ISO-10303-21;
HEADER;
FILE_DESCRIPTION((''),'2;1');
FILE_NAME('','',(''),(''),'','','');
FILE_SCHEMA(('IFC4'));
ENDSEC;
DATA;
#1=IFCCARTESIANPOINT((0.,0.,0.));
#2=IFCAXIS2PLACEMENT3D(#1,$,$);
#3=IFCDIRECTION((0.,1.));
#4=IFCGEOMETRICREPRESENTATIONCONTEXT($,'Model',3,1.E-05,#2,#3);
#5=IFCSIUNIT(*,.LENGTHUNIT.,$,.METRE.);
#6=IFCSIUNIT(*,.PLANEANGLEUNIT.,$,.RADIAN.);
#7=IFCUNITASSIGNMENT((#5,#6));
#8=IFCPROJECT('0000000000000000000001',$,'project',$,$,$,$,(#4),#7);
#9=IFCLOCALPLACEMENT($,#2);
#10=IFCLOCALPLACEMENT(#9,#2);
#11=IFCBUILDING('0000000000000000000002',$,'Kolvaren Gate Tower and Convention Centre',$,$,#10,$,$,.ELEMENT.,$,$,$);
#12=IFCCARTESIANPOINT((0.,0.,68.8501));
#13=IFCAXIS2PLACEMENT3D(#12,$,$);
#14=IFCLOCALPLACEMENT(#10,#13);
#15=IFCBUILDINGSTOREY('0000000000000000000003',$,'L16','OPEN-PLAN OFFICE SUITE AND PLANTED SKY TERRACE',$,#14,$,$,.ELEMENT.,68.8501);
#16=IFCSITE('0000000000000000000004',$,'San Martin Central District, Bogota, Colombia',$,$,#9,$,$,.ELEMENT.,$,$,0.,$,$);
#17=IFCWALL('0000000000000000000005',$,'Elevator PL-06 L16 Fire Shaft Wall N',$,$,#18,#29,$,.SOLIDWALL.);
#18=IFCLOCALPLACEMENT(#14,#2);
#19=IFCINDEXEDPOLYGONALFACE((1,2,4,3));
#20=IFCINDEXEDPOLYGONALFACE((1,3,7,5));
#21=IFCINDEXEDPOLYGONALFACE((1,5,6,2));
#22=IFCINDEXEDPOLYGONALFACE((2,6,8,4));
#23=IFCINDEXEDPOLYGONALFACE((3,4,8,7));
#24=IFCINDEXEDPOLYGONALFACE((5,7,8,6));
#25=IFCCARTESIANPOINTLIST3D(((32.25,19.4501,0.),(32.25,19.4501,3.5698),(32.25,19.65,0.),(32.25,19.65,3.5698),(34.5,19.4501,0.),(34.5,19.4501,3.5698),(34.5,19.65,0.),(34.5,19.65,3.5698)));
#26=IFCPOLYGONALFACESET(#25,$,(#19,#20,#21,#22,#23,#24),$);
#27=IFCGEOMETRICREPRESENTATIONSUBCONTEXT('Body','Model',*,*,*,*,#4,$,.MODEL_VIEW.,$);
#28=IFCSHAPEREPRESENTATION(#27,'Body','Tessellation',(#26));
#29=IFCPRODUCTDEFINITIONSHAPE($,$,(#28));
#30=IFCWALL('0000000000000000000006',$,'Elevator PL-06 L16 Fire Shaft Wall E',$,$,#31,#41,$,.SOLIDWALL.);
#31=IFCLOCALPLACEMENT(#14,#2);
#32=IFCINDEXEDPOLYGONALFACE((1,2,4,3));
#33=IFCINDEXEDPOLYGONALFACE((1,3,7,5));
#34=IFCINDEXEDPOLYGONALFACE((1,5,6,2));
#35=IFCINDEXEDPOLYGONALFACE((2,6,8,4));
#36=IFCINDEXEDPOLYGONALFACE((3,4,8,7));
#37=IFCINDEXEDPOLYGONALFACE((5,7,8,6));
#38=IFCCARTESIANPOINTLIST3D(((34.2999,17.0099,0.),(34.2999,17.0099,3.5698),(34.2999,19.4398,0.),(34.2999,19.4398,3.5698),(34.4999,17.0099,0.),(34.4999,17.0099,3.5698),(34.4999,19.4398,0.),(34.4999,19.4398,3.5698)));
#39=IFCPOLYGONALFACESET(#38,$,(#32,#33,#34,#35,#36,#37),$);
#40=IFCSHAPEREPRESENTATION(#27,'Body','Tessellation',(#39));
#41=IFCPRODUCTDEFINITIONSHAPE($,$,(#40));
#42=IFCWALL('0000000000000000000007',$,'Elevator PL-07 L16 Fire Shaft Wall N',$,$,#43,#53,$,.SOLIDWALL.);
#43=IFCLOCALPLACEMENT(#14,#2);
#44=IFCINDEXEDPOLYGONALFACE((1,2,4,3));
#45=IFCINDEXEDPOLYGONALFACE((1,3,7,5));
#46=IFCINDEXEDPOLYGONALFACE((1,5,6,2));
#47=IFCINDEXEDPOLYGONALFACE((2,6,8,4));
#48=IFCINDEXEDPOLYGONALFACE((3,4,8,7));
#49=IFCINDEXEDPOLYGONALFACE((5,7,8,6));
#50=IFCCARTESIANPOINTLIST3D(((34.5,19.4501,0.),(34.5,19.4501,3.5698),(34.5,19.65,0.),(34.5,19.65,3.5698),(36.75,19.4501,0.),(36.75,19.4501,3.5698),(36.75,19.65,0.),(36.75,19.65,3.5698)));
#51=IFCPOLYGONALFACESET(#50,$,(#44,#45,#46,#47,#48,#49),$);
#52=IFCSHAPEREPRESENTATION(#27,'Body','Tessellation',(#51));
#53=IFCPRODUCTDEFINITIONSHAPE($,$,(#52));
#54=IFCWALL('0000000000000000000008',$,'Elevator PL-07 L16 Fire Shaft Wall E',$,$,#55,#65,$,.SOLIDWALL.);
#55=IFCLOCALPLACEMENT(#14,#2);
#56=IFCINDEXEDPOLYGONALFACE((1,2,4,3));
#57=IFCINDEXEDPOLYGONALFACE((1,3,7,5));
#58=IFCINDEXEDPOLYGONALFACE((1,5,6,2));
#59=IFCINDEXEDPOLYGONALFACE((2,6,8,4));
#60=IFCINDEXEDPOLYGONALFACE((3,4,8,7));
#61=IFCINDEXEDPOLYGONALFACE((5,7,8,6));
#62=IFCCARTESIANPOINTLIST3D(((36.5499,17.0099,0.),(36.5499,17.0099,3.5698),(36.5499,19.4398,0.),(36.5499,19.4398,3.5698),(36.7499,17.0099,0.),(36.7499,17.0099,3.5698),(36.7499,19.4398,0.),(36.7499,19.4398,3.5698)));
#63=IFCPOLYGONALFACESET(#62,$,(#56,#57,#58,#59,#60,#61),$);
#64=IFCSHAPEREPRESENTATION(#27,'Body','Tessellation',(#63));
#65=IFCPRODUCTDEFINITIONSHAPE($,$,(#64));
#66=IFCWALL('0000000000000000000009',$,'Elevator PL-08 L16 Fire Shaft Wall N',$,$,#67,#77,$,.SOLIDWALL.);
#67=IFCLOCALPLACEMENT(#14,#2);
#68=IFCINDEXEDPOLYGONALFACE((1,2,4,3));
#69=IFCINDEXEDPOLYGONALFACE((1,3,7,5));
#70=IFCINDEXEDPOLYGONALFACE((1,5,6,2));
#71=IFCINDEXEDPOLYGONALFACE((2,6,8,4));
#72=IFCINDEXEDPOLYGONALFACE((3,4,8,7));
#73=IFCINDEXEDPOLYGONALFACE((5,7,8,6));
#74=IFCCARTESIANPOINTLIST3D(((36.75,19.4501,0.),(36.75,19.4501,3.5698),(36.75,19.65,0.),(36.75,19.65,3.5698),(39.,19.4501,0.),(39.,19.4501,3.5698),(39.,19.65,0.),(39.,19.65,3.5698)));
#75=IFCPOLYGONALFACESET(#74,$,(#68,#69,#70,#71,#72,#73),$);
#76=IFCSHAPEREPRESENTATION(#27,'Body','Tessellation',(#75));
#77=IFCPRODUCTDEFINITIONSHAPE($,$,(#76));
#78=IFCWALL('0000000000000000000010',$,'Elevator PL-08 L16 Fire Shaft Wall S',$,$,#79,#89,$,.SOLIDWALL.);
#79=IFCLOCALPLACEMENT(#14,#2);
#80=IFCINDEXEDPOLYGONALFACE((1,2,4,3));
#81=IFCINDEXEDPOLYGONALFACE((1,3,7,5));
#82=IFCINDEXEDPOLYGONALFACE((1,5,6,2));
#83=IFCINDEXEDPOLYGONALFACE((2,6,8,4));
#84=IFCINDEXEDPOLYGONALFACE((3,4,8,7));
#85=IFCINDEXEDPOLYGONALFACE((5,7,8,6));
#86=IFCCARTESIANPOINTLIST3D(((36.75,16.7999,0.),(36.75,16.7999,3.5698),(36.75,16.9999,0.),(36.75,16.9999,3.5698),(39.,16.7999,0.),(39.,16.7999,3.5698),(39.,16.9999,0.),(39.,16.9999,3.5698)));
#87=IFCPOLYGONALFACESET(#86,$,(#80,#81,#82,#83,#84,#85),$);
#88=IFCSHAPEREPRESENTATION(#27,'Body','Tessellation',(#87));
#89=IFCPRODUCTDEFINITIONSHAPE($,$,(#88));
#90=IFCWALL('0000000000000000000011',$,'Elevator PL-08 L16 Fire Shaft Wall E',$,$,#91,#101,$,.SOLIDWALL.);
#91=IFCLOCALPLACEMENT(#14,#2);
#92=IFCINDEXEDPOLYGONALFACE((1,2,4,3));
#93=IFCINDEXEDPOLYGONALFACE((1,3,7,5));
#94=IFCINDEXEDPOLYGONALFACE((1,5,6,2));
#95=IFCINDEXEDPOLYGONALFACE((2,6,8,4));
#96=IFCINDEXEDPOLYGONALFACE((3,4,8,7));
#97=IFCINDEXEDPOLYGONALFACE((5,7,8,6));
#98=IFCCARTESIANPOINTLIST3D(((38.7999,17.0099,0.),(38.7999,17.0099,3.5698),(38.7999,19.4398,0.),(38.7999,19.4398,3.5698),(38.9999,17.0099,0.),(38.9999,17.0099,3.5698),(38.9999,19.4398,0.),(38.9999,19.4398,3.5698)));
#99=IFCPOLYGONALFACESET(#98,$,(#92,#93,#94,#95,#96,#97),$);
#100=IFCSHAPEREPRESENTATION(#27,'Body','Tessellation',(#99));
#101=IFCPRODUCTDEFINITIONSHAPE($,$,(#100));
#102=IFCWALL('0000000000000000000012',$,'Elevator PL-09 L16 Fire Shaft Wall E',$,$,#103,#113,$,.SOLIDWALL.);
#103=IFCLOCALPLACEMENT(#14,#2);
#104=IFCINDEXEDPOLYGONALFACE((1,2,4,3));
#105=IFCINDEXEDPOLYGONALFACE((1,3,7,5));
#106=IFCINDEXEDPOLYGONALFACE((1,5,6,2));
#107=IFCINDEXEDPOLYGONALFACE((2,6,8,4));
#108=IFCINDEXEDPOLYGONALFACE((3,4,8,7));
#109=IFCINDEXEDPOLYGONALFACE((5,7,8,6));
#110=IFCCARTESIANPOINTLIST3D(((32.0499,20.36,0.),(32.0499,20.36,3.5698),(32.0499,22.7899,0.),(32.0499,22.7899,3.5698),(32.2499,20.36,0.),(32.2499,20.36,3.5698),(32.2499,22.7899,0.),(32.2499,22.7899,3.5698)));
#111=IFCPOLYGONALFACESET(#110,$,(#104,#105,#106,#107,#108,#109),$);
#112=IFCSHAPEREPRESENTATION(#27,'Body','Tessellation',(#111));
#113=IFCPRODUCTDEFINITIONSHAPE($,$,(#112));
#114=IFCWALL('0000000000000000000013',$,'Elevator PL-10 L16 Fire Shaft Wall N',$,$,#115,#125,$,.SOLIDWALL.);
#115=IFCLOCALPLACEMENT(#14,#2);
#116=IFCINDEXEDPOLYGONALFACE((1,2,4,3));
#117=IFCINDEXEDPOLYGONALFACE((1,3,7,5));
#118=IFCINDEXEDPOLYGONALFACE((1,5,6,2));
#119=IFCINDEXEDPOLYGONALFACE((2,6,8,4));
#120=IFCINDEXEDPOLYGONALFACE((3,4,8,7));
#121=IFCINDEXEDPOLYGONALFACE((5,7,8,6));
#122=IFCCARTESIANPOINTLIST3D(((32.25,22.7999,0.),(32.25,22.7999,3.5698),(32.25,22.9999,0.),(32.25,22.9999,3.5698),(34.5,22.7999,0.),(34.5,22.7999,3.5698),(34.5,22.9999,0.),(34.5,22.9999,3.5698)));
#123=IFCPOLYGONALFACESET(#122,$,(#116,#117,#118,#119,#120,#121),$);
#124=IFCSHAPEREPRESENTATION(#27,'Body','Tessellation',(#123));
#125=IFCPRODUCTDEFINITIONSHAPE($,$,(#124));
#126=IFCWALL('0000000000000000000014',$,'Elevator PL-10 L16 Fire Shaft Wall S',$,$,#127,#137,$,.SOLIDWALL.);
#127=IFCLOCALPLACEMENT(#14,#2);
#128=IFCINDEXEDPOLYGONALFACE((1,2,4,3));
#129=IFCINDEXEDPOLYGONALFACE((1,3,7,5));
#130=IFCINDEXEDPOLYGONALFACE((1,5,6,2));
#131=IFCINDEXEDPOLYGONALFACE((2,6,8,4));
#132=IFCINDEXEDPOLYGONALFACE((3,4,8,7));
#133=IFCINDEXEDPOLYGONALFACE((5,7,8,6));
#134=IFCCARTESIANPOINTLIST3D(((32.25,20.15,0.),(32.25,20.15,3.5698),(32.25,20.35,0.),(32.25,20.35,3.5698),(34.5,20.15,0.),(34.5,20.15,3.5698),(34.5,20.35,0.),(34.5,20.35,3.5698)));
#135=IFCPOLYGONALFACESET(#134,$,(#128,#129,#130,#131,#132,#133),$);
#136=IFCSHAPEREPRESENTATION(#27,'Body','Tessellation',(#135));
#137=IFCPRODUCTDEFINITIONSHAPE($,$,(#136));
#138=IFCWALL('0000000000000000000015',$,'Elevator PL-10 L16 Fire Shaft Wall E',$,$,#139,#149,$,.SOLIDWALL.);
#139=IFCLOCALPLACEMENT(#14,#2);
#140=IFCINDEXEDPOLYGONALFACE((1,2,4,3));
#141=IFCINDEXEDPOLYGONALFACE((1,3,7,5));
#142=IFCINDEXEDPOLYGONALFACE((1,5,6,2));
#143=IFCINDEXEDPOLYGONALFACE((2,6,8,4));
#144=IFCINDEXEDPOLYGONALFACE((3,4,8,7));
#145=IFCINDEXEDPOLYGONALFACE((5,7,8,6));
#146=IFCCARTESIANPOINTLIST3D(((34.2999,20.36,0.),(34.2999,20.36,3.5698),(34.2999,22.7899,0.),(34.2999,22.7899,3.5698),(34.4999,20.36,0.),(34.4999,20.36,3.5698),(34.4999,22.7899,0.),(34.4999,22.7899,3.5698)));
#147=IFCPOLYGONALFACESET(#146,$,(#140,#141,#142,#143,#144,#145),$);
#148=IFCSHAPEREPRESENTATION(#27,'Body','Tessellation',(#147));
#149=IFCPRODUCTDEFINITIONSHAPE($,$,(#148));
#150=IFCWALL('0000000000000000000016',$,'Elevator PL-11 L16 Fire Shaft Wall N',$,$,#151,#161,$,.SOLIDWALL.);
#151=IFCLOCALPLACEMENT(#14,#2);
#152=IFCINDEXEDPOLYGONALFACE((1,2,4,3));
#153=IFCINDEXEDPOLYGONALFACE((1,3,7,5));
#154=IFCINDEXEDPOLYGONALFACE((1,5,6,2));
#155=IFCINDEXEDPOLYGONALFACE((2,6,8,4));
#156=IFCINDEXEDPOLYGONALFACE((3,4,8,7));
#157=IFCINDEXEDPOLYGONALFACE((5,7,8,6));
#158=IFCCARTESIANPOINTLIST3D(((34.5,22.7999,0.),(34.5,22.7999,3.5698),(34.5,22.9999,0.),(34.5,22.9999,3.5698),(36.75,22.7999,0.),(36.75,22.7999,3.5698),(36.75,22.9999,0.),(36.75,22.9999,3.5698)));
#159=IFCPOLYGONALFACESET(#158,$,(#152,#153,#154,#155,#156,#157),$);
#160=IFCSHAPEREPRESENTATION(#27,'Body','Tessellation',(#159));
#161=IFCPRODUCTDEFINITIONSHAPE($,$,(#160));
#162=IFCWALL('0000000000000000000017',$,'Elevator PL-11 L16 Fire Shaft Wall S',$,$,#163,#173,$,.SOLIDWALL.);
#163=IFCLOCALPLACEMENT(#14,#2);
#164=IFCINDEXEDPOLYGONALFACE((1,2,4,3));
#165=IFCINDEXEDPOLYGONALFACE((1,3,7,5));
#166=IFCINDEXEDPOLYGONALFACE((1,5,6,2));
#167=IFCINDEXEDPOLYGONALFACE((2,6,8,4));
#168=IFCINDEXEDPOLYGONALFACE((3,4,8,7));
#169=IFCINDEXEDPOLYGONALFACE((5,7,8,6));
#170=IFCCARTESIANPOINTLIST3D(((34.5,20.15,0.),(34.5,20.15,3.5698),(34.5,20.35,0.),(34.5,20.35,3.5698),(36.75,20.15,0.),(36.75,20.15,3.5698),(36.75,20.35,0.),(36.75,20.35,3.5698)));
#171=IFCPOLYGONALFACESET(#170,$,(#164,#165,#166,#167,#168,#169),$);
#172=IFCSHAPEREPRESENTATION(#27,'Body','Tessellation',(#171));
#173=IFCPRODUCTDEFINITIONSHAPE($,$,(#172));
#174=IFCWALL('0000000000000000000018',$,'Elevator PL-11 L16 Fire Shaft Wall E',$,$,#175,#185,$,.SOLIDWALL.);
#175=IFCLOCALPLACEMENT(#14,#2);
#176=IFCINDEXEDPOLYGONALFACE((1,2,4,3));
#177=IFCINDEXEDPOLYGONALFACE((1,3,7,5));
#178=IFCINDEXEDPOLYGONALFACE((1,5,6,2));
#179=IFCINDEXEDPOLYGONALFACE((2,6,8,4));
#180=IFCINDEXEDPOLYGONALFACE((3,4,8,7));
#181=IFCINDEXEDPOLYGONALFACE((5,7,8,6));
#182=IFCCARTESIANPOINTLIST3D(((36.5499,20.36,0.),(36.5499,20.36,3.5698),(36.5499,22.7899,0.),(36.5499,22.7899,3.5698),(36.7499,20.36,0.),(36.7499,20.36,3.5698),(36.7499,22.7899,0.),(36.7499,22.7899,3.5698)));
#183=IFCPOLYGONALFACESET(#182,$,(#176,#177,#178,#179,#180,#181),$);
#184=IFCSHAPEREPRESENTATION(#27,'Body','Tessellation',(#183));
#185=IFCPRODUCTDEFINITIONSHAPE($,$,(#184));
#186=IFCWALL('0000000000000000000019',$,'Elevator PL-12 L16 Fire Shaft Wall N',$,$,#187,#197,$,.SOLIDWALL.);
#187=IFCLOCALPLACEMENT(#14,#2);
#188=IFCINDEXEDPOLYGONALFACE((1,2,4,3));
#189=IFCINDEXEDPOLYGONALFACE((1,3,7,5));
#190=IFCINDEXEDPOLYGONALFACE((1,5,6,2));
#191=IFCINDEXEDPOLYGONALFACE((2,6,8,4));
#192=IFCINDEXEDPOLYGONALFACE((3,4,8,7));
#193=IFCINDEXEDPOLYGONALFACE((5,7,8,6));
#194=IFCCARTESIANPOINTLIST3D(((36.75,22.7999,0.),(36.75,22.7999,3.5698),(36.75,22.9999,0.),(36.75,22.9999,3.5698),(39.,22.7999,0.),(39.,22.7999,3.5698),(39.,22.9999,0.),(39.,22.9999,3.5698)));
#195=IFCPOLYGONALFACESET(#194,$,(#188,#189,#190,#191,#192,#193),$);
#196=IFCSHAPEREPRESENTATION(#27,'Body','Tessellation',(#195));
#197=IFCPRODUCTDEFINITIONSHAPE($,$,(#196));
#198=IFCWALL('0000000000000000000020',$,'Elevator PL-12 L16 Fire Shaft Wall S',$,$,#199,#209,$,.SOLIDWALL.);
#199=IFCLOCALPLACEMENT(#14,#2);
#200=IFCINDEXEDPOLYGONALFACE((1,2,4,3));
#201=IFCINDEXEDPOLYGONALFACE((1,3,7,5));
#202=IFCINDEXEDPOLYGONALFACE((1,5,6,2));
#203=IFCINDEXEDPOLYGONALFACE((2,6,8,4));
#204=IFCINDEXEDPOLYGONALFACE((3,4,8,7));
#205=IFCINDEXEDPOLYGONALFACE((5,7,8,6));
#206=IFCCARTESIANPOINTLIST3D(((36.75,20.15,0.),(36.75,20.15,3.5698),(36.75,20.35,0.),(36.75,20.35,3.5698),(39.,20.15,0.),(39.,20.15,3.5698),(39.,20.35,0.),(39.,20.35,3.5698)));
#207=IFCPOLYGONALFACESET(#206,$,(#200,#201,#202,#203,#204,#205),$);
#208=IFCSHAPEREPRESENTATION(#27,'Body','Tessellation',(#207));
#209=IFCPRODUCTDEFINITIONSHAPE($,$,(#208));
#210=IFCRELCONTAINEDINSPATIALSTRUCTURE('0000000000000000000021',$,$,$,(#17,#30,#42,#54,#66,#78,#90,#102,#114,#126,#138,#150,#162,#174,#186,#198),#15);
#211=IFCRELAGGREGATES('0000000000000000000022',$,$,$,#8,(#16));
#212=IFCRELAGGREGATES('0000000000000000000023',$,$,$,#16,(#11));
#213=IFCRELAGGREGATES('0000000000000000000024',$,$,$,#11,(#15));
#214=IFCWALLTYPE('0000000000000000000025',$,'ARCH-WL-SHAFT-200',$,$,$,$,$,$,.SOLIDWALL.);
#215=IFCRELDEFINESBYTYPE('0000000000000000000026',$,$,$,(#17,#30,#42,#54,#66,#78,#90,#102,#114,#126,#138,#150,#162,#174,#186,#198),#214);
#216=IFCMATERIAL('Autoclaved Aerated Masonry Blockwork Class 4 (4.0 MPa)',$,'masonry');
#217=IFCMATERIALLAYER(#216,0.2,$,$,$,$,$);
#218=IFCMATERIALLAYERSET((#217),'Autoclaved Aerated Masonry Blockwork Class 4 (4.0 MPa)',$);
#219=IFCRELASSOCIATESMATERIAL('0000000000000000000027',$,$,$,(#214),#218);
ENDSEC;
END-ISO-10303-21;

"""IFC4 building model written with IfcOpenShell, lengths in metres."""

from ifc_helpers import new_model, si_unit, direction, frame, frame_2d, origin, place, context, subcontext, project, spatial, rectangle, extrude, material, layer, layer_set, type_object, element, save


model = new_model("IFC4")

# Units and contexts
model_context = context("Model", 3, precision=1e-05, world=origin(), true_north=direction((0.0, 1.0)))
body_context = subcontext(model_context, "Body", "Model", "MODEL_VIEW")
ifc_project = project(units=[si_unit("LENGTHUNIT", "METRE"), si_unit("PLANEANGLEUNIT", "RADIAN")], contexts=[model_context])

# Site, building, storey
site_placement = place(None, origin())
site = spatial("IfcSite", under=ifc_project, at=site_placement, Name="San Martin Central District, Bogota, Colombia", CompositionType="ELEMENT", RefElevation=0.0)
building_placement = place(site_placement, origin())
building = spatial("IfcBuilding", under=site, at=building_placement, Name="Kolvaren Gate Tower and Convention Centre", CompositionType="ELEMENT")
storey_placement = place(building_placement, frame((0.0, 0.0, 68.8501)))
storey = spatial("IfcBuildingStorey", under=building, at=storey_placement, Name="L16", Description="OPEN-PLAN OFFICE SUITE AND PLANTED SKY TERRACE", CompositionType="ELEMENT", Elevation=68.8501)

# Walls
ifc_material_1 = material(Name="Autoclaved Aerated Masonry Blockwork Class 4 (4.0 MPa)", Category="masonry")
ifc_layer_1 = layer(ifc_material_1, 0.2)
ifc_layer_set_1 = layer_set([ifc_layer_1], Name="Autoclaved Aerated Masonry Blockwork Class 4 (4.0 MPa)")
wall_type_1 = type_object("IfcWallType", Name="ARCH-WL-SHAFT-200", PredefinedType="SOLIDWALL", material=ifc_layer_set_1)
wall_1_placement = place(storey_placement, frame((32.25, 19.55, 0.0), z_axis=(0.0, 0.0, 1.0), x_axis=(1.0, 0.0, 0.0)))
element("IfcWall", 1, at=wall_1_placement, inside=storey, type_object=wall_type_1, Name="Elevator PL-06 L16 Fire Shaft Wall N", PredefinedType="SOLIDWALL", context=body_context, shape_type="SweptSolid", body=[
    extrude(rectangle(XDim=2.25, YDim=0.2, at=frame_2d((1.125, 0.0))), origin(), (0.0, 0.0, 1.0), 3.5698),
])
wall_2_placement = place(storey_placement, frame((34.3999, 17.01, 0.0), z_axis=(0.0, 0.0, 1.0), x_axis=(0.0, 1.0, 0.0)))
element("IfcWall", 2, at=wall_2_placement, inside=storey, type_object=wall_type_1, Name="Elevator PL-06 L16 Fire Shaft Wall E", PredefinedType="SOLIDWALL", context=body_context, shape_type="SweptSolid", body=[
    extrude(rectangle(XDim=2.4299, YDim=0.2, at=frame_2d((1.2148, 0.0))), origin(), (0.0, 0.0, 1.0), 3.5698),
])
wall_3_placement = place(storey_placement, frame((34.5, 19.55, 0.0), z_axis=(0.0, 0.0, 1.0), x_axis=(1.0, 0.0, 0.0)))
element("IfcWall", 3, at=wall_3_placement, inside=storey, type_object=wall_type_1, Name="Elevator PL-07 L16 Fire Shaft Wall N", PredefinedType="SOLIDWALL", context=body_context, shape_type="SweptSolid", body=[
    extrude(rectangle(XDim=2.25, YDim=0.2, at=frame_2d((1.125, 0.0))), origin(), (0.0, 0.0, 1.0), 3.5698),
])
wall_4_placement = place(storey_placement, frame((36.6499, 17.01, 0.0), z_axis=(0.0, 0.0, 1.0), x_axis=(0.0, 1.0, 0.0)))
element("IfcWall", 4, at=wall_4_placement, inside=storey, type_object=wall_type_1, Name="Elevator PL-07 L16 Fire Shaft Wall E", PredefinedType="SOLIDWALL", context=body_context, shape_type="SweptSolid", body=[
    extrude(rectangle(XDim=2.4299, YDim=0.2, at=frame_2d((1.2148, 0.0))), origin(), (0.0, 0.0, 1.0), 3.5698),
])
for number, where, z_axis, x_axis, name in (
    (5, (36.75, 19.55, 0.0), (0.0, 0.0, 1.0), (1.0, 0.0, 0.0), "Elevator PL-08 L16 Fire Shaft Wall N"),
    (6, (36.75, 16.8999, 0.0), (0.0, 0.0, 1.0), (1.0, 0.0, 0.0), "Elevator PL-08 L16 Fire Shaft Wall S"),
):
    element("IfcWall", number, at=place(storey_placement, frame(where, z_axis=z_axis, x_axis=x_axis)), inside=storey, type_object=wall_type_1, Name=name, PredefinedType="SOLIDWALL", context=body_context, shape_type="SweptSolid", body=[
        extrude(rectangle(XDim=2.25, YDim=0.2, at=frame_2d((1.125, 0.0))), origin(), (0.0, 0.0, 1.0), 3.5698),
    ])
for number, where, z_axis, x_axis, name in (
    (7, (38.8999, 17.01, 0.0), (0.0, 0.0, 1.0), (0.0, 1.0, 0.0), "Elevator PL-08 L16 Fire Shaft Wall E"),
    (8, (32.1499, 20.3601, 0.0), (0.0, 0.0, 1.0), (0.0, 1.0, 0.0), "Elevator PL-09 L16 Fire Shaft Wall E"),
):
    element("IfcWall", number, at=place(storey_placement, frame(where, z_axis=z_axis, x_axis=x_axis)), inside=storey, type_object=wall_type_1, Name=name, PredefinedType="SOLIDWALL", context=body_context, shape_type="SweptSolid", body=[
        extrude(rectangle(XDim=2.4299, YDim=0.2, at=frame_2d((1.2148, 0.0))), origin(), (0.0, 0.0, 1.0), 3.5698),
    ])
for number, where, z_axis, x_axis, name in (
    (9, (32.25, 22.8999, 0.0), (0.0, 0.0, 1.0), (1.0, 0.0, 0.0), "Elevator PL-10 L16 Fire Shaft Wall N"),
    (10, (32.25, 20.25, 0.0), (0.0, 0.0, 1.0), (1.0, 0.0, 0.0), "Elevator PL-10 L16 Fire Shaft Wall S"),
):
    element("IfcWall", number, at=place(storey_placement, frame(where, z_axis=z_axis, x_axis=x_axis)), inside=storey, type_object=wall_type_1, Name=name, PredefinedType="SOLIDWALL", context=body_context, shape_type="SweptSolid", body=[
        extrude(rectangle(XDim=2.25, YDim=0.2, at=frame_2d((1.125, 0.0))), origin(), (0.0, 0.0, 1.0), 3.5698),
    ])
wall_5_placement = place(storey_placement, frame((34.3999, 20.3601, 0.0), z_axis=(0.0, 0.0, 1.0), x_axis=(0.0, 1.0, 0.0)))
element("IfcWall", 11, at=wall_5_placement, inside=storey, type_object=wall_type_1, Name="Elevator PL-10 L16 Fire Shaft Wall E", PredefinedType="SOLIDWALL", context=body_context, shape_type="SweptSolid", body=[
    extrude(rectangle(XDim=2.4299, YDim=0.2, at=frame_2d((1.2148, 0.0))), origin(), (0.0, 0.0, 1.0), 3.5698),
])
for number, where, z_axis, x_axis, name in (
    (12, (34.5, 22.8999, 0.0), (0.0, 0.0, 1.0), (1.0, 0.0, 0.0), "Elevator PL-11 L16 Fire Shaft Wall N"),
    (13, (34.5, 20.25, 0.0), (0.0, 0.0, 1.0), (1.0, 0.0, 0.0), "Elevator PL-11 L16 Fire Shaft Wall S"),
):
    element("IfcWall", number, at=place(storey_placement, frame(where, z_axis=z_axis, x_axis=x_axis)), inside=storey, type_object=wall_type_1, Name=name, PredefinedType="SOLIDWALL", context=body_context, shape_type="SweptSolid", body=[
        extrude(rectangle(XDim=2.25, YDim=0.2, at=frame_2d((1.125, 0.0))), origin(), (0.0, 0.0, 1.0), 3.5698),
    ])
wall_6_placement = place(storey_placement, frame((36.6499, 20.3601, 0.0), z_axis=(0.0, 0.0, 1.0), x_axis=(0.0, 1.0, 0.0)))
element("IfcWall", 14, at=wall_6_placement, inside=storey, type_object=wall_type_1, Name="Elevator PL-11 L16 Fire Shaft Wall E", PredefinedType="SOLIDWALL", context=body_context, shape_type="SweptSolid", body=[
    extrude(rectangle(XDim=2.4299, YDim=0.2, at=frame_2d((1.2148, 0.0))), origin(), (0.0, 0.0, 1.0), 3.5698),
])
for number, where, z_axis, x_axis, name in (
    (15, (36.75, 22.8999, 0.0), (0.0, 0.0, 1.0), (1.0, 0.0, 0.0), "Elevator PL-12 L16 Fire Shaft Wall N"),
    (16, (36.75, 20.25, 0.0), (0.0, 0.0, 1.0), (1.0, 0.0, 0.0), "Elevator PL-12 L16 Fire Shaft Wall S"),
):
    element("IfcWall", number, at=place(storey_placement, frame(where, z_axis=z_axis, x_axis=x_axis)), inside=storey, type_object=wall_type_1, Name=name, PredefinedType="SOLIDWALL", context=body_context, shape_type="SweptSolid", body=[
        extrude(rectangle(XDim=2.25, YDim=0.2, at=frame_2d((1.125, 0.0))), origin(), (0.0, 0.0, 1.0), 3.5698),
    ])

save(model, "model.ifc")
